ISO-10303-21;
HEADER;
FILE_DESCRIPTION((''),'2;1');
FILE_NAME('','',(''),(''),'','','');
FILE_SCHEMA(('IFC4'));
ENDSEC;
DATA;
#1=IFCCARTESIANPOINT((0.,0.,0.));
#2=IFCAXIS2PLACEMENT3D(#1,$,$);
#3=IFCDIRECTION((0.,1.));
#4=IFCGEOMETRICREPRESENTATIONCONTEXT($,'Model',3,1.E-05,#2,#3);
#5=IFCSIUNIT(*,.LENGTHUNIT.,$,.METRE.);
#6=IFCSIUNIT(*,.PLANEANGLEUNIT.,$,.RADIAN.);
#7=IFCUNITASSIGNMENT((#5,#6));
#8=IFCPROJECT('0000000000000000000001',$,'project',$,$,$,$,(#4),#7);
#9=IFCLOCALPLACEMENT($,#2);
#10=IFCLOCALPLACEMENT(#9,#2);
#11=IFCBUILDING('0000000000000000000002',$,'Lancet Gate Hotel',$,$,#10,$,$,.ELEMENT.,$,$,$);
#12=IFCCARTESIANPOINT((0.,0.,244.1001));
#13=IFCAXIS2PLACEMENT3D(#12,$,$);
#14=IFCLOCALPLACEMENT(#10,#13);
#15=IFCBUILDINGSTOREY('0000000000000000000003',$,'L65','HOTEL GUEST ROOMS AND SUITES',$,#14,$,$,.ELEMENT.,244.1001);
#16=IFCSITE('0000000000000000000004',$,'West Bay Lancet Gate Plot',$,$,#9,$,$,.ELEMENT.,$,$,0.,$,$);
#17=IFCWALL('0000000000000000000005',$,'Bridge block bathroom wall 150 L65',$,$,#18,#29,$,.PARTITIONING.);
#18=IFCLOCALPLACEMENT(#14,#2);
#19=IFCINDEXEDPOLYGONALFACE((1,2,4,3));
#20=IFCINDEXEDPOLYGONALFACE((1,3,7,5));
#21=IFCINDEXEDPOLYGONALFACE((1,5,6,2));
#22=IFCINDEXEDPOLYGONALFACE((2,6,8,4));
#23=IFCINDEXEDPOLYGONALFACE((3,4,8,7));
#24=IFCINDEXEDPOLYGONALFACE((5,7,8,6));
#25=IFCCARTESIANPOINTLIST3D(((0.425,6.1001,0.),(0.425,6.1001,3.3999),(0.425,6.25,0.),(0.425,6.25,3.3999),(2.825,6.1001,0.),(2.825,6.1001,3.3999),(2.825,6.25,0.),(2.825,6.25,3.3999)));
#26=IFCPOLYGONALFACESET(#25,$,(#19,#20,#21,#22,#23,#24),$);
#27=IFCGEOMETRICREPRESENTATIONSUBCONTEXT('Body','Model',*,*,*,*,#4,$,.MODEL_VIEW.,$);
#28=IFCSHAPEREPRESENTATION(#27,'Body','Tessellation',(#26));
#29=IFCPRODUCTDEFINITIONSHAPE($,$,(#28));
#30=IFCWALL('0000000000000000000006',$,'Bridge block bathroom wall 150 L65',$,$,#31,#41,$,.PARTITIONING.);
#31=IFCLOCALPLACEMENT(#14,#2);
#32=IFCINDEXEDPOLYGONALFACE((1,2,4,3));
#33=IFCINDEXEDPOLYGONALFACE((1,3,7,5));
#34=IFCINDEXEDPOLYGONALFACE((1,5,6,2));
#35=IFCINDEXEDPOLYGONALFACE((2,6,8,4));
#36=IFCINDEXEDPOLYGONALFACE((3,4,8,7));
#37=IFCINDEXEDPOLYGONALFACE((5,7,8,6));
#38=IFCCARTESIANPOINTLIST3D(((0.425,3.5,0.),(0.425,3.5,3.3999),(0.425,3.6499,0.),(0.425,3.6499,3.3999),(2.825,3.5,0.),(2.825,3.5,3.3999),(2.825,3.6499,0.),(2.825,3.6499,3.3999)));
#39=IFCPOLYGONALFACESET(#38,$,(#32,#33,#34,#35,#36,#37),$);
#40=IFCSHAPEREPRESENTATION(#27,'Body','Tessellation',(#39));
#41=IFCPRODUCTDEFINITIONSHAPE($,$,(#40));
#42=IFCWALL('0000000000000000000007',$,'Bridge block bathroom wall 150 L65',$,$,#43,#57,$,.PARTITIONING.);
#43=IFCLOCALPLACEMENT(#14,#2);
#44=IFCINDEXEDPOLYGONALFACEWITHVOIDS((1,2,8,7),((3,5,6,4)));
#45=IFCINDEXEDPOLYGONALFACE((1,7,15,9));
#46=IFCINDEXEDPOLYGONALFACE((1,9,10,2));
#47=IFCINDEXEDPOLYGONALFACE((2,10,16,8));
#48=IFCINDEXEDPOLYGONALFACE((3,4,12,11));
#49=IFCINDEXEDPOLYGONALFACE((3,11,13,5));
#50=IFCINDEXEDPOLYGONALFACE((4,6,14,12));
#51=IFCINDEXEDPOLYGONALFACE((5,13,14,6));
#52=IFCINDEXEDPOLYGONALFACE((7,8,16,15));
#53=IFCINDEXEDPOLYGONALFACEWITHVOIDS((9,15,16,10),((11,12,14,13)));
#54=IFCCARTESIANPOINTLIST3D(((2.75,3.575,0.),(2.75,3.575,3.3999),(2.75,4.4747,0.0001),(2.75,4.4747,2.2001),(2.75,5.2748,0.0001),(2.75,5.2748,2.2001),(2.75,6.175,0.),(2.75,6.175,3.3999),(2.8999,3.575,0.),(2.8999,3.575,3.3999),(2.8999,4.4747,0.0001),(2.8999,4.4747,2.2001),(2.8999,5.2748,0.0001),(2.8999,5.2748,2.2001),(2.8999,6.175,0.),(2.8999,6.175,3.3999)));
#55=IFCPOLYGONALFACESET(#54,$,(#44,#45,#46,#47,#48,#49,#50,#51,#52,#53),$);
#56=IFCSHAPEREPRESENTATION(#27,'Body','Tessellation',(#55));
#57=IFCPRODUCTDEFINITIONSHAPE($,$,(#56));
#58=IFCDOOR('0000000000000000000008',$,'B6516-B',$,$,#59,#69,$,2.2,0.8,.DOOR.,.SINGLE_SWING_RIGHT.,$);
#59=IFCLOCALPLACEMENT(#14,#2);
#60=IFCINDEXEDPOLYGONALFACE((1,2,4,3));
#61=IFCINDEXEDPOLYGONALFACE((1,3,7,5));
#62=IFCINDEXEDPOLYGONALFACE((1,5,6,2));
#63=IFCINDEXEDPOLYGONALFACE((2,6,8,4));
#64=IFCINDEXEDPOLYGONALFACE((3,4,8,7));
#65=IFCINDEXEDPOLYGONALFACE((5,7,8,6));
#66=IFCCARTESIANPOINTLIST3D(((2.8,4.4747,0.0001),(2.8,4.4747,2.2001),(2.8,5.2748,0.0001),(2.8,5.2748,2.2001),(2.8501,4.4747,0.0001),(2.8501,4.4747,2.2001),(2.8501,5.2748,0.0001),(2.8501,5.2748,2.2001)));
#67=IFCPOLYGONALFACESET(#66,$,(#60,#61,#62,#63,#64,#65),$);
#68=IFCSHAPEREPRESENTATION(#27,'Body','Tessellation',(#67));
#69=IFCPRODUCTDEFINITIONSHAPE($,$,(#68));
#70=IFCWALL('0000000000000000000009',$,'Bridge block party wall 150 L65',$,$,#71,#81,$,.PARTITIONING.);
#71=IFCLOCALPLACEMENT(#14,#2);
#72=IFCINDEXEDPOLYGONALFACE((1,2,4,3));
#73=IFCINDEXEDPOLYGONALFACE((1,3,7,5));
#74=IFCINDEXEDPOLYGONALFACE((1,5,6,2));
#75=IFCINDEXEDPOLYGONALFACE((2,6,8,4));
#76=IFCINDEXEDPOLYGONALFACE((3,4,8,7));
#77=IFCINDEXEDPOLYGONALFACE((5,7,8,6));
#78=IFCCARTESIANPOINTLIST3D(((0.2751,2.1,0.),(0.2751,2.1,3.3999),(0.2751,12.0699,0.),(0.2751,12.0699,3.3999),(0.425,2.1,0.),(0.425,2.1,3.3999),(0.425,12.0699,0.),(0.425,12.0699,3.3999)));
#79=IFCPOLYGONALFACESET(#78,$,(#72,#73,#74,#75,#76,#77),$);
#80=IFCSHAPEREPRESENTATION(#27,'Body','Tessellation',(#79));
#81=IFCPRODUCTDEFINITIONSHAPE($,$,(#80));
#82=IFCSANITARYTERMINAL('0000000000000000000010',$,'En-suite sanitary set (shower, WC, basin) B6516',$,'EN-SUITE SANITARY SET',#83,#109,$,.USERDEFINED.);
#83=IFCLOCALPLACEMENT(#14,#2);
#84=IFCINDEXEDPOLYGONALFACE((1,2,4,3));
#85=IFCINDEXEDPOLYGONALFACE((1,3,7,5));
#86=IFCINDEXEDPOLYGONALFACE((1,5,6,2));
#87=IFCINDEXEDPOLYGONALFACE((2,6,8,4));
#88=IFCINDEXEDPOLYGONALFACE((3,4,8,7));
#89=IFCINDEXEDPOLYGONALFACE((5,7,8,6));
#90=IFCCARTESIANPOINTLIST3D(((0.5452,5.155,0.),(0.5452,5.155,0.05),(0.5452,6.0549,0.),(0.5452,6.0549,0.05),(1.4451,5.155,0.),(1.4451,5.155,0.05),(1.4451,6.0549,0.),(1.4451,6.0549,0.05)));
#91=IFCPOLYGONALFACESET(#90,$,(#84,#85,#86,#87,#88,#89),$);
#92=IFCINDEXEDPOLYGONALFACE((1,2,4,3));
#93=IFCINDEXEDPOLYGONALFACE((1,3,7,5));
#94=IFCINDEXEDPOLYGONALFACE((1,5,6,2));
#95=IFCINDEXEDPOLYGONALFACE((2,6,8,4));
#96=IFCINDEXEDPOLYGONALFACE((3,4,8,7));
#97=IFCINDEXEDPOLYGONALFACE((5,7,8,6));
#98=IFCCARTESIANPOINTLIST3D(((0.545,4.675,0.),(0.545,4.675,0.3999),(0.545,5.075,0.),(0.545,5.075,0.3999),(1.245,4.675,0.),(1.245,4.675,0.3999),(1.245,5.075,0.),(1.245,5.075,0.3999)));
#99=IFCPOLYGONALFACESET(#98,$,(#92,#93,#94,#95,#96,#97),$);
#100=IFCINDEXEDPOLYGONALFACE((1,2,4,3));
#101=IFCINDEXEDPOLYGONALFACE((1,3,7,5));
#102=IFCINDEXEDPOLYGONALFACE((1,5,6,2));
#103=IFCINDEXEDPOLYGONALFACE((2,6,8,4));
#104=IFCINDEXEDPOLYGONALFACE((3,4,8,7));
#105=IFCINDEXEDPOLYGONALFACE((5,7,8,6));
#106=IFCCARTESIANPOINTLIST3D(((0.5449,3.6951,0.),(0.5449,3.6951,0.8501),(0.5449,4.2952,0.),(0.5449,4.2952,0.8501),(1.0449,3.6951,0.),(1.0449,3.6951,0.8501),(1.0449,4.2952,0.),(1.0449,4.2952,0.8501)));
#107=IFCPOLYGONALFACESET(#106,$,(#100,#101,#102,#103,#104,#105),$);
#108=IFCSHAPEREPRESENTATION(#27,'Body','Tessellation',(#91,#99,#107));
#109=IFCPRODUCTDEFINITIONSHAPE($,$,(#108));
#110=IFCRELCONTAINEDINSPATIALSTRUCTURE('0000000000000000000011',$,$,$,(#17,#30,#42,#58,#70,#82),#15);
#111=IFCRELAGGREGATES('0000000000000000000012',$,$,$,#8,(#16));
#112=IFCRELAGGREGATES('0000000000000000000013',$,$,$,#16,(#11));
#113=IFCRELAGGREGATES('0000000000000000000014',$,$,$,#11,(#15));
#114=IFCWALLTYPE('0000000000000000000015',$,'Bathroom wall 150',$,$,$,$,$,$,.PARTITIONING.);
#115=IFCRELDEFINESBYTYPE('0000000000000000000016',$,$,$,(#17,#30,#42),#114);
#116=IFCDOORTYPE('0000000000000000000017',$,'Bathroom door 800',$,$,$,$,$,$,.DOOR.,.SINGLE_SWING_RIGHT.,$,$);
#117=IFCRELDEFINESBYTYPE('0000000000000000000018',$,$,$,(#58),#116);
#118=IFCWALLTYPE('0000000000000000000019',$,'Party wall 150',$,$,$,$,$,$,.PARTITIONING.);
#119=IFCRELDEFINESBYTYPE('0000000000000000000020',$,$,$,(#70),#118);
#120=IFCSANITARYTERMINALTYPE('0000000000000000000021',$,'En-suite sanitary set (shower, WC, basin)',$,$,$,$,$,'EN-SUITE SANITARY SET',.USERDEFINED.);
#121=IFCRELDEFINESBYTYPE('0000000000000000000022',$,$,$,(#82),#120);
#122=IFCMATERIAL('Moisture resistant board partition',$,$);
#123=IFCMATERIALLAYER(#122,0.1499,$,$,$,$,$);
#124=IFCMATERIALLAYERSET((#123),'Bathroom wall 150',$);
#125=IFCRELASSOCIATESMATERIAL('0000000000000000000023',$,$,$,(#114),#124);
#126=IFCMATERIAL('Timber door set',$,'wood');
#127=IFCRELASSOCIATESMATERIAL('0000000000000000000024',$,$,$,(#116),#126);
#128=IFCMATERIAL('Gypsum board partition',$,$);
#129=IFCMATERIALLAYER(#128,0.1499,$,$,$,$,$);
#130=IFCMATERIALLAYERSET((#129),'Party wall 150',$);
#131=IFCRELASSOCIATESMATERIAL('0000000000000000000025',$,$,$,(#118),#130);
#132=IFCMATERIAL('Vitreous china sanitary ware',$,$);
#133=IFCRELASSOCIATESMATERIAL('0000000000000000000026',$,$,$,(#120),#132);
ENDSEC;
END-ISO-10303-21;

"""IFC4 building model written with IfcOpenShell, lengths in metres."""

from ifc_helpers import new_model, si_unit, direction, frame, frame_2d, origin, origin_2d, place, context, subcontext, project, spatial, rectangle, extrude, material, layer, layer_set, type_object, element, fill, save


model = new_model("IFC4")

# Units and contexts
model_context = context("Model", 3, precision=1e-05, world=origin(), true_north=direction((0.0, 1.0)))
body_context = subcontext(model_context, "Body", "Model", "MODEL_VIEW")
ifc_project = project(units=[si_unit("LENGTHUNIT", "METRE"), si_unit("PLANEANGLEUNIT", "RADIAN")], contexts=[model_context])

# Site, building, storey
site_placement = place(None, origin())
site = spatial("IfcSite", under=ifc_project, at=site_placement, Name="West Bay Lancet Gate Plot", CompositionType="ELEMENT", RefElevation=0.0)
building_placement = place(site_placement, origin())
building = spatial("IfcBuilding", under=site, at=building_placement, Name="Lancet Gate Hotel", CompositionType="ELEMENT")
storey_placement = place(building_placement, frame((0.0, 0.0, 244.1001)))
storey = spatial("IfcBuildingStorey", under=building, at=storey_placement, Name="L65", Description="HOTEL GUEST ROOMS AND SUITES", CompositionType="ELEMENT", Elevation=244.1001)

# Walls
ifc_material_1 = material(Name="Moisture resistant board partition")
ifc_layer_1 = layer(ifc_material_1, 0.1499)
ifc_layer_set_1 = layer_set([ifc_layer_1], Name="Bathroom wall 150")
wall_type_1 = type_object("IfcWallType", Name="Bathroom wall 150", PredefinedType="PARTITIONING", material=ifc_layer_set_1)
for number, where, z_axis, x_axis, name in (
    (1, (0.425, 6.175, 0.0), (0.0, 0.0, 1.0), (1.0, 0.0, 0.0), "Bridge block bathroom wall 150 L65"),
    (2, (0.425, 3.575, 0.0), (0.0, 0.0, 1.0), (1.0, 0.0, 0.0), "Bridge block bathroom wall 150 L65"),
):
    element("IfcWall", number, at=place(storey_placement, frame(where, z_axis=z_axis, x_axis=x_axis)), inside=storey, type_object=wall_type_1, Name=name, PredefinedType="PARTITIONING", context=body_context, shape_type="SweptSolid", body=[
        extrude(rectangle(XDim=2.3999, YDim=0.1499, at=frame_2d((1.2, 0.0))), origin(), (0.0, 0.0, 1.0), 3.3999),
    ])

# Wall, opening, door
wall_1_placement = place(storey_placement, frame((2.825, 3.575, 0.0), z_axis=(0.0, 0.0, 1.0), x_axis=(0.0, 1.0, 0.0)))
wall_1 = element("IfcWall", 3, at=wall_1_placement, inside=storey, type_object=wall_type_1, Name="Bridge block bathroom wall 150 L65", PredefinedType="PARTITIONING", context=body_context, shape_type="SweptSolid", body=[
    extrude(rectangle(XDim=2.6001, YDim=0.1499, at=frame_2d((1.3, 0.0))), origin(), (0.0, 0.0, 1.0), 3.3999),
])
opening_placement = place(wall_1_placement, frame((0.8999, 0.0, 0.0)))
opening = element("IfcOpeningElement", 4, at=opening_placement, cuts=wall_1, PredefinedType="OPENING", context=body_context, shape_type="SweptSolid", body=[
    extrude(rectangle(XDim=0.8, YDim=2.2, at=frame_2d((0.3999, 1.1001))), frame((0.0, 0.085, 0.0), z_axis=(0.0, -1.0, 0.0), x_axis=(1.0, 0.0, 0.0)), (0.0, 0.0, 1.0), 0.1699),
])
ifc_material_2 = material(Name="Timber door set", Category="wood")
door_type = type_object("IfcDoorType", Name="Bathroom door 800", OperationType="SINGLE_SWING_RIGHT", PredefinedType="DOOR", material=ifc_material_2)
door_placement = place(opening_placement, origin())
door = element("IfcDoor", 5, at=door_placement, inside=storey, type_object=door_type, Name="B6516-B", OperationType="SINGLE_SWING_RIGHT", OverallHeight=2.2, OverallWidth=0.8, PredefinedType="DOOR", context=body_context, shape_type="SweptSolid", body=[
    extrude(rectangle(XDim=0.8, YDim=2.2, at=frame_2d((0.3999, 1.1001))), frame((0.0, 0.0249, 0.0), z_axis=(0.0, -1.0, 0.0), x_axis=(1.0, 0.0, 0.0)), (0.0, 0.0, 1.0), 0.05),
])
fill(opening, door)

# Wall
ifc_material_3 = material(Name="Gypsum board partition")
ifc_layer_2 = layer(ifc_material_3, 0.1499)
ifc_layer_set_2 = layer_set([ifc_layer_2], Name="Party wall 150")
wall_type_2 = type_object("IfcWallType", Name="Party wall 150", PredefinedType="PARTITIONING", material=ifc_layer_set_2)
wall_2_placement = place(storey_placement, frame((0.3501, 2.1001, 0.0), z_axis=(0.0, 0.0, 1.0), x_axis=(0.0, 1.0, 0.0)))
element("IfcWall", 6, at=wall_2_placement, inside=storey, type_object=wall_type_2, Name="Bridge block party wall 150 L65", PredefinedType="PARTITIONING", context=body_context, shape_type="SweptSolid", body=[
    extrude(rectangle(XDim=9.97, YDim=0.1499, at=frame_2d((4.9849, 0.0))), origin(), (0.0, 0.0, 1.0), 3.3999),
])

# Sanitary terminal
ifc_material_4 = material(Name="Vitreous china sanitary ware")
sanitary_terminal_type = type_object("IfcSanitaryTerminalType", Name="En-suite sanitary set (shower, WC, basin)", ElementType="EN-SUITE SANITARY SET", PredefinedType="USERDEFINED", material=ifc_material_4)
sanitary_terminal_placement = place(storey_placement, frame((0.9951, 5.605, 0.0), z_axis=(0.0, 0.0, 1.0), x_axis=(1.0, 0.0, 0.0)))
element("IfcSanitaryTerminal", 7, at=sanitary_terminal_placement, inside=storey, type_object=sanitary_terminal_type, Name="En-suite sanitary set (shower, WC, basin) B6516", ObjectType="EN-SUITE SANITARY SET", PredefinedType="USERDEFINED", context=body_context, shape_type="SweptSolid", body=[
    extrude(rectangle(XDim=0.8999, YDim=0.8999, at=origin_2d()), frame((0.0, 0.0, 0.0), z_axis=(0.0, 0.0, 1.0), x_axis=(0.0, 1.0, 0.0)), (0.0, 0.0, 1.0), 0.05),
    extrude(rectangle(XDim=0.3999, YDim=0.7, at=origin_2d()), frame((-0.1001, -0.73, 0.0), z_axis=(0.0, 0.0, 1.0), x_axis=(0.0, 1.0, 0.0)), (0.0, 0.0, 1.0), 0.3999),
    extrude(rectangle(XDim=0.6001, YDim=0.5, at=origin_2d()), frame((-0.2002, -1.6099, 0.0), z_axis=(0.0, 0.0, 1.0), x_axis=(0.0, 1.0, 0.0)), (0.0, 0.0, 1.0), 0.8501),
])

save(model, "model.ifc")
